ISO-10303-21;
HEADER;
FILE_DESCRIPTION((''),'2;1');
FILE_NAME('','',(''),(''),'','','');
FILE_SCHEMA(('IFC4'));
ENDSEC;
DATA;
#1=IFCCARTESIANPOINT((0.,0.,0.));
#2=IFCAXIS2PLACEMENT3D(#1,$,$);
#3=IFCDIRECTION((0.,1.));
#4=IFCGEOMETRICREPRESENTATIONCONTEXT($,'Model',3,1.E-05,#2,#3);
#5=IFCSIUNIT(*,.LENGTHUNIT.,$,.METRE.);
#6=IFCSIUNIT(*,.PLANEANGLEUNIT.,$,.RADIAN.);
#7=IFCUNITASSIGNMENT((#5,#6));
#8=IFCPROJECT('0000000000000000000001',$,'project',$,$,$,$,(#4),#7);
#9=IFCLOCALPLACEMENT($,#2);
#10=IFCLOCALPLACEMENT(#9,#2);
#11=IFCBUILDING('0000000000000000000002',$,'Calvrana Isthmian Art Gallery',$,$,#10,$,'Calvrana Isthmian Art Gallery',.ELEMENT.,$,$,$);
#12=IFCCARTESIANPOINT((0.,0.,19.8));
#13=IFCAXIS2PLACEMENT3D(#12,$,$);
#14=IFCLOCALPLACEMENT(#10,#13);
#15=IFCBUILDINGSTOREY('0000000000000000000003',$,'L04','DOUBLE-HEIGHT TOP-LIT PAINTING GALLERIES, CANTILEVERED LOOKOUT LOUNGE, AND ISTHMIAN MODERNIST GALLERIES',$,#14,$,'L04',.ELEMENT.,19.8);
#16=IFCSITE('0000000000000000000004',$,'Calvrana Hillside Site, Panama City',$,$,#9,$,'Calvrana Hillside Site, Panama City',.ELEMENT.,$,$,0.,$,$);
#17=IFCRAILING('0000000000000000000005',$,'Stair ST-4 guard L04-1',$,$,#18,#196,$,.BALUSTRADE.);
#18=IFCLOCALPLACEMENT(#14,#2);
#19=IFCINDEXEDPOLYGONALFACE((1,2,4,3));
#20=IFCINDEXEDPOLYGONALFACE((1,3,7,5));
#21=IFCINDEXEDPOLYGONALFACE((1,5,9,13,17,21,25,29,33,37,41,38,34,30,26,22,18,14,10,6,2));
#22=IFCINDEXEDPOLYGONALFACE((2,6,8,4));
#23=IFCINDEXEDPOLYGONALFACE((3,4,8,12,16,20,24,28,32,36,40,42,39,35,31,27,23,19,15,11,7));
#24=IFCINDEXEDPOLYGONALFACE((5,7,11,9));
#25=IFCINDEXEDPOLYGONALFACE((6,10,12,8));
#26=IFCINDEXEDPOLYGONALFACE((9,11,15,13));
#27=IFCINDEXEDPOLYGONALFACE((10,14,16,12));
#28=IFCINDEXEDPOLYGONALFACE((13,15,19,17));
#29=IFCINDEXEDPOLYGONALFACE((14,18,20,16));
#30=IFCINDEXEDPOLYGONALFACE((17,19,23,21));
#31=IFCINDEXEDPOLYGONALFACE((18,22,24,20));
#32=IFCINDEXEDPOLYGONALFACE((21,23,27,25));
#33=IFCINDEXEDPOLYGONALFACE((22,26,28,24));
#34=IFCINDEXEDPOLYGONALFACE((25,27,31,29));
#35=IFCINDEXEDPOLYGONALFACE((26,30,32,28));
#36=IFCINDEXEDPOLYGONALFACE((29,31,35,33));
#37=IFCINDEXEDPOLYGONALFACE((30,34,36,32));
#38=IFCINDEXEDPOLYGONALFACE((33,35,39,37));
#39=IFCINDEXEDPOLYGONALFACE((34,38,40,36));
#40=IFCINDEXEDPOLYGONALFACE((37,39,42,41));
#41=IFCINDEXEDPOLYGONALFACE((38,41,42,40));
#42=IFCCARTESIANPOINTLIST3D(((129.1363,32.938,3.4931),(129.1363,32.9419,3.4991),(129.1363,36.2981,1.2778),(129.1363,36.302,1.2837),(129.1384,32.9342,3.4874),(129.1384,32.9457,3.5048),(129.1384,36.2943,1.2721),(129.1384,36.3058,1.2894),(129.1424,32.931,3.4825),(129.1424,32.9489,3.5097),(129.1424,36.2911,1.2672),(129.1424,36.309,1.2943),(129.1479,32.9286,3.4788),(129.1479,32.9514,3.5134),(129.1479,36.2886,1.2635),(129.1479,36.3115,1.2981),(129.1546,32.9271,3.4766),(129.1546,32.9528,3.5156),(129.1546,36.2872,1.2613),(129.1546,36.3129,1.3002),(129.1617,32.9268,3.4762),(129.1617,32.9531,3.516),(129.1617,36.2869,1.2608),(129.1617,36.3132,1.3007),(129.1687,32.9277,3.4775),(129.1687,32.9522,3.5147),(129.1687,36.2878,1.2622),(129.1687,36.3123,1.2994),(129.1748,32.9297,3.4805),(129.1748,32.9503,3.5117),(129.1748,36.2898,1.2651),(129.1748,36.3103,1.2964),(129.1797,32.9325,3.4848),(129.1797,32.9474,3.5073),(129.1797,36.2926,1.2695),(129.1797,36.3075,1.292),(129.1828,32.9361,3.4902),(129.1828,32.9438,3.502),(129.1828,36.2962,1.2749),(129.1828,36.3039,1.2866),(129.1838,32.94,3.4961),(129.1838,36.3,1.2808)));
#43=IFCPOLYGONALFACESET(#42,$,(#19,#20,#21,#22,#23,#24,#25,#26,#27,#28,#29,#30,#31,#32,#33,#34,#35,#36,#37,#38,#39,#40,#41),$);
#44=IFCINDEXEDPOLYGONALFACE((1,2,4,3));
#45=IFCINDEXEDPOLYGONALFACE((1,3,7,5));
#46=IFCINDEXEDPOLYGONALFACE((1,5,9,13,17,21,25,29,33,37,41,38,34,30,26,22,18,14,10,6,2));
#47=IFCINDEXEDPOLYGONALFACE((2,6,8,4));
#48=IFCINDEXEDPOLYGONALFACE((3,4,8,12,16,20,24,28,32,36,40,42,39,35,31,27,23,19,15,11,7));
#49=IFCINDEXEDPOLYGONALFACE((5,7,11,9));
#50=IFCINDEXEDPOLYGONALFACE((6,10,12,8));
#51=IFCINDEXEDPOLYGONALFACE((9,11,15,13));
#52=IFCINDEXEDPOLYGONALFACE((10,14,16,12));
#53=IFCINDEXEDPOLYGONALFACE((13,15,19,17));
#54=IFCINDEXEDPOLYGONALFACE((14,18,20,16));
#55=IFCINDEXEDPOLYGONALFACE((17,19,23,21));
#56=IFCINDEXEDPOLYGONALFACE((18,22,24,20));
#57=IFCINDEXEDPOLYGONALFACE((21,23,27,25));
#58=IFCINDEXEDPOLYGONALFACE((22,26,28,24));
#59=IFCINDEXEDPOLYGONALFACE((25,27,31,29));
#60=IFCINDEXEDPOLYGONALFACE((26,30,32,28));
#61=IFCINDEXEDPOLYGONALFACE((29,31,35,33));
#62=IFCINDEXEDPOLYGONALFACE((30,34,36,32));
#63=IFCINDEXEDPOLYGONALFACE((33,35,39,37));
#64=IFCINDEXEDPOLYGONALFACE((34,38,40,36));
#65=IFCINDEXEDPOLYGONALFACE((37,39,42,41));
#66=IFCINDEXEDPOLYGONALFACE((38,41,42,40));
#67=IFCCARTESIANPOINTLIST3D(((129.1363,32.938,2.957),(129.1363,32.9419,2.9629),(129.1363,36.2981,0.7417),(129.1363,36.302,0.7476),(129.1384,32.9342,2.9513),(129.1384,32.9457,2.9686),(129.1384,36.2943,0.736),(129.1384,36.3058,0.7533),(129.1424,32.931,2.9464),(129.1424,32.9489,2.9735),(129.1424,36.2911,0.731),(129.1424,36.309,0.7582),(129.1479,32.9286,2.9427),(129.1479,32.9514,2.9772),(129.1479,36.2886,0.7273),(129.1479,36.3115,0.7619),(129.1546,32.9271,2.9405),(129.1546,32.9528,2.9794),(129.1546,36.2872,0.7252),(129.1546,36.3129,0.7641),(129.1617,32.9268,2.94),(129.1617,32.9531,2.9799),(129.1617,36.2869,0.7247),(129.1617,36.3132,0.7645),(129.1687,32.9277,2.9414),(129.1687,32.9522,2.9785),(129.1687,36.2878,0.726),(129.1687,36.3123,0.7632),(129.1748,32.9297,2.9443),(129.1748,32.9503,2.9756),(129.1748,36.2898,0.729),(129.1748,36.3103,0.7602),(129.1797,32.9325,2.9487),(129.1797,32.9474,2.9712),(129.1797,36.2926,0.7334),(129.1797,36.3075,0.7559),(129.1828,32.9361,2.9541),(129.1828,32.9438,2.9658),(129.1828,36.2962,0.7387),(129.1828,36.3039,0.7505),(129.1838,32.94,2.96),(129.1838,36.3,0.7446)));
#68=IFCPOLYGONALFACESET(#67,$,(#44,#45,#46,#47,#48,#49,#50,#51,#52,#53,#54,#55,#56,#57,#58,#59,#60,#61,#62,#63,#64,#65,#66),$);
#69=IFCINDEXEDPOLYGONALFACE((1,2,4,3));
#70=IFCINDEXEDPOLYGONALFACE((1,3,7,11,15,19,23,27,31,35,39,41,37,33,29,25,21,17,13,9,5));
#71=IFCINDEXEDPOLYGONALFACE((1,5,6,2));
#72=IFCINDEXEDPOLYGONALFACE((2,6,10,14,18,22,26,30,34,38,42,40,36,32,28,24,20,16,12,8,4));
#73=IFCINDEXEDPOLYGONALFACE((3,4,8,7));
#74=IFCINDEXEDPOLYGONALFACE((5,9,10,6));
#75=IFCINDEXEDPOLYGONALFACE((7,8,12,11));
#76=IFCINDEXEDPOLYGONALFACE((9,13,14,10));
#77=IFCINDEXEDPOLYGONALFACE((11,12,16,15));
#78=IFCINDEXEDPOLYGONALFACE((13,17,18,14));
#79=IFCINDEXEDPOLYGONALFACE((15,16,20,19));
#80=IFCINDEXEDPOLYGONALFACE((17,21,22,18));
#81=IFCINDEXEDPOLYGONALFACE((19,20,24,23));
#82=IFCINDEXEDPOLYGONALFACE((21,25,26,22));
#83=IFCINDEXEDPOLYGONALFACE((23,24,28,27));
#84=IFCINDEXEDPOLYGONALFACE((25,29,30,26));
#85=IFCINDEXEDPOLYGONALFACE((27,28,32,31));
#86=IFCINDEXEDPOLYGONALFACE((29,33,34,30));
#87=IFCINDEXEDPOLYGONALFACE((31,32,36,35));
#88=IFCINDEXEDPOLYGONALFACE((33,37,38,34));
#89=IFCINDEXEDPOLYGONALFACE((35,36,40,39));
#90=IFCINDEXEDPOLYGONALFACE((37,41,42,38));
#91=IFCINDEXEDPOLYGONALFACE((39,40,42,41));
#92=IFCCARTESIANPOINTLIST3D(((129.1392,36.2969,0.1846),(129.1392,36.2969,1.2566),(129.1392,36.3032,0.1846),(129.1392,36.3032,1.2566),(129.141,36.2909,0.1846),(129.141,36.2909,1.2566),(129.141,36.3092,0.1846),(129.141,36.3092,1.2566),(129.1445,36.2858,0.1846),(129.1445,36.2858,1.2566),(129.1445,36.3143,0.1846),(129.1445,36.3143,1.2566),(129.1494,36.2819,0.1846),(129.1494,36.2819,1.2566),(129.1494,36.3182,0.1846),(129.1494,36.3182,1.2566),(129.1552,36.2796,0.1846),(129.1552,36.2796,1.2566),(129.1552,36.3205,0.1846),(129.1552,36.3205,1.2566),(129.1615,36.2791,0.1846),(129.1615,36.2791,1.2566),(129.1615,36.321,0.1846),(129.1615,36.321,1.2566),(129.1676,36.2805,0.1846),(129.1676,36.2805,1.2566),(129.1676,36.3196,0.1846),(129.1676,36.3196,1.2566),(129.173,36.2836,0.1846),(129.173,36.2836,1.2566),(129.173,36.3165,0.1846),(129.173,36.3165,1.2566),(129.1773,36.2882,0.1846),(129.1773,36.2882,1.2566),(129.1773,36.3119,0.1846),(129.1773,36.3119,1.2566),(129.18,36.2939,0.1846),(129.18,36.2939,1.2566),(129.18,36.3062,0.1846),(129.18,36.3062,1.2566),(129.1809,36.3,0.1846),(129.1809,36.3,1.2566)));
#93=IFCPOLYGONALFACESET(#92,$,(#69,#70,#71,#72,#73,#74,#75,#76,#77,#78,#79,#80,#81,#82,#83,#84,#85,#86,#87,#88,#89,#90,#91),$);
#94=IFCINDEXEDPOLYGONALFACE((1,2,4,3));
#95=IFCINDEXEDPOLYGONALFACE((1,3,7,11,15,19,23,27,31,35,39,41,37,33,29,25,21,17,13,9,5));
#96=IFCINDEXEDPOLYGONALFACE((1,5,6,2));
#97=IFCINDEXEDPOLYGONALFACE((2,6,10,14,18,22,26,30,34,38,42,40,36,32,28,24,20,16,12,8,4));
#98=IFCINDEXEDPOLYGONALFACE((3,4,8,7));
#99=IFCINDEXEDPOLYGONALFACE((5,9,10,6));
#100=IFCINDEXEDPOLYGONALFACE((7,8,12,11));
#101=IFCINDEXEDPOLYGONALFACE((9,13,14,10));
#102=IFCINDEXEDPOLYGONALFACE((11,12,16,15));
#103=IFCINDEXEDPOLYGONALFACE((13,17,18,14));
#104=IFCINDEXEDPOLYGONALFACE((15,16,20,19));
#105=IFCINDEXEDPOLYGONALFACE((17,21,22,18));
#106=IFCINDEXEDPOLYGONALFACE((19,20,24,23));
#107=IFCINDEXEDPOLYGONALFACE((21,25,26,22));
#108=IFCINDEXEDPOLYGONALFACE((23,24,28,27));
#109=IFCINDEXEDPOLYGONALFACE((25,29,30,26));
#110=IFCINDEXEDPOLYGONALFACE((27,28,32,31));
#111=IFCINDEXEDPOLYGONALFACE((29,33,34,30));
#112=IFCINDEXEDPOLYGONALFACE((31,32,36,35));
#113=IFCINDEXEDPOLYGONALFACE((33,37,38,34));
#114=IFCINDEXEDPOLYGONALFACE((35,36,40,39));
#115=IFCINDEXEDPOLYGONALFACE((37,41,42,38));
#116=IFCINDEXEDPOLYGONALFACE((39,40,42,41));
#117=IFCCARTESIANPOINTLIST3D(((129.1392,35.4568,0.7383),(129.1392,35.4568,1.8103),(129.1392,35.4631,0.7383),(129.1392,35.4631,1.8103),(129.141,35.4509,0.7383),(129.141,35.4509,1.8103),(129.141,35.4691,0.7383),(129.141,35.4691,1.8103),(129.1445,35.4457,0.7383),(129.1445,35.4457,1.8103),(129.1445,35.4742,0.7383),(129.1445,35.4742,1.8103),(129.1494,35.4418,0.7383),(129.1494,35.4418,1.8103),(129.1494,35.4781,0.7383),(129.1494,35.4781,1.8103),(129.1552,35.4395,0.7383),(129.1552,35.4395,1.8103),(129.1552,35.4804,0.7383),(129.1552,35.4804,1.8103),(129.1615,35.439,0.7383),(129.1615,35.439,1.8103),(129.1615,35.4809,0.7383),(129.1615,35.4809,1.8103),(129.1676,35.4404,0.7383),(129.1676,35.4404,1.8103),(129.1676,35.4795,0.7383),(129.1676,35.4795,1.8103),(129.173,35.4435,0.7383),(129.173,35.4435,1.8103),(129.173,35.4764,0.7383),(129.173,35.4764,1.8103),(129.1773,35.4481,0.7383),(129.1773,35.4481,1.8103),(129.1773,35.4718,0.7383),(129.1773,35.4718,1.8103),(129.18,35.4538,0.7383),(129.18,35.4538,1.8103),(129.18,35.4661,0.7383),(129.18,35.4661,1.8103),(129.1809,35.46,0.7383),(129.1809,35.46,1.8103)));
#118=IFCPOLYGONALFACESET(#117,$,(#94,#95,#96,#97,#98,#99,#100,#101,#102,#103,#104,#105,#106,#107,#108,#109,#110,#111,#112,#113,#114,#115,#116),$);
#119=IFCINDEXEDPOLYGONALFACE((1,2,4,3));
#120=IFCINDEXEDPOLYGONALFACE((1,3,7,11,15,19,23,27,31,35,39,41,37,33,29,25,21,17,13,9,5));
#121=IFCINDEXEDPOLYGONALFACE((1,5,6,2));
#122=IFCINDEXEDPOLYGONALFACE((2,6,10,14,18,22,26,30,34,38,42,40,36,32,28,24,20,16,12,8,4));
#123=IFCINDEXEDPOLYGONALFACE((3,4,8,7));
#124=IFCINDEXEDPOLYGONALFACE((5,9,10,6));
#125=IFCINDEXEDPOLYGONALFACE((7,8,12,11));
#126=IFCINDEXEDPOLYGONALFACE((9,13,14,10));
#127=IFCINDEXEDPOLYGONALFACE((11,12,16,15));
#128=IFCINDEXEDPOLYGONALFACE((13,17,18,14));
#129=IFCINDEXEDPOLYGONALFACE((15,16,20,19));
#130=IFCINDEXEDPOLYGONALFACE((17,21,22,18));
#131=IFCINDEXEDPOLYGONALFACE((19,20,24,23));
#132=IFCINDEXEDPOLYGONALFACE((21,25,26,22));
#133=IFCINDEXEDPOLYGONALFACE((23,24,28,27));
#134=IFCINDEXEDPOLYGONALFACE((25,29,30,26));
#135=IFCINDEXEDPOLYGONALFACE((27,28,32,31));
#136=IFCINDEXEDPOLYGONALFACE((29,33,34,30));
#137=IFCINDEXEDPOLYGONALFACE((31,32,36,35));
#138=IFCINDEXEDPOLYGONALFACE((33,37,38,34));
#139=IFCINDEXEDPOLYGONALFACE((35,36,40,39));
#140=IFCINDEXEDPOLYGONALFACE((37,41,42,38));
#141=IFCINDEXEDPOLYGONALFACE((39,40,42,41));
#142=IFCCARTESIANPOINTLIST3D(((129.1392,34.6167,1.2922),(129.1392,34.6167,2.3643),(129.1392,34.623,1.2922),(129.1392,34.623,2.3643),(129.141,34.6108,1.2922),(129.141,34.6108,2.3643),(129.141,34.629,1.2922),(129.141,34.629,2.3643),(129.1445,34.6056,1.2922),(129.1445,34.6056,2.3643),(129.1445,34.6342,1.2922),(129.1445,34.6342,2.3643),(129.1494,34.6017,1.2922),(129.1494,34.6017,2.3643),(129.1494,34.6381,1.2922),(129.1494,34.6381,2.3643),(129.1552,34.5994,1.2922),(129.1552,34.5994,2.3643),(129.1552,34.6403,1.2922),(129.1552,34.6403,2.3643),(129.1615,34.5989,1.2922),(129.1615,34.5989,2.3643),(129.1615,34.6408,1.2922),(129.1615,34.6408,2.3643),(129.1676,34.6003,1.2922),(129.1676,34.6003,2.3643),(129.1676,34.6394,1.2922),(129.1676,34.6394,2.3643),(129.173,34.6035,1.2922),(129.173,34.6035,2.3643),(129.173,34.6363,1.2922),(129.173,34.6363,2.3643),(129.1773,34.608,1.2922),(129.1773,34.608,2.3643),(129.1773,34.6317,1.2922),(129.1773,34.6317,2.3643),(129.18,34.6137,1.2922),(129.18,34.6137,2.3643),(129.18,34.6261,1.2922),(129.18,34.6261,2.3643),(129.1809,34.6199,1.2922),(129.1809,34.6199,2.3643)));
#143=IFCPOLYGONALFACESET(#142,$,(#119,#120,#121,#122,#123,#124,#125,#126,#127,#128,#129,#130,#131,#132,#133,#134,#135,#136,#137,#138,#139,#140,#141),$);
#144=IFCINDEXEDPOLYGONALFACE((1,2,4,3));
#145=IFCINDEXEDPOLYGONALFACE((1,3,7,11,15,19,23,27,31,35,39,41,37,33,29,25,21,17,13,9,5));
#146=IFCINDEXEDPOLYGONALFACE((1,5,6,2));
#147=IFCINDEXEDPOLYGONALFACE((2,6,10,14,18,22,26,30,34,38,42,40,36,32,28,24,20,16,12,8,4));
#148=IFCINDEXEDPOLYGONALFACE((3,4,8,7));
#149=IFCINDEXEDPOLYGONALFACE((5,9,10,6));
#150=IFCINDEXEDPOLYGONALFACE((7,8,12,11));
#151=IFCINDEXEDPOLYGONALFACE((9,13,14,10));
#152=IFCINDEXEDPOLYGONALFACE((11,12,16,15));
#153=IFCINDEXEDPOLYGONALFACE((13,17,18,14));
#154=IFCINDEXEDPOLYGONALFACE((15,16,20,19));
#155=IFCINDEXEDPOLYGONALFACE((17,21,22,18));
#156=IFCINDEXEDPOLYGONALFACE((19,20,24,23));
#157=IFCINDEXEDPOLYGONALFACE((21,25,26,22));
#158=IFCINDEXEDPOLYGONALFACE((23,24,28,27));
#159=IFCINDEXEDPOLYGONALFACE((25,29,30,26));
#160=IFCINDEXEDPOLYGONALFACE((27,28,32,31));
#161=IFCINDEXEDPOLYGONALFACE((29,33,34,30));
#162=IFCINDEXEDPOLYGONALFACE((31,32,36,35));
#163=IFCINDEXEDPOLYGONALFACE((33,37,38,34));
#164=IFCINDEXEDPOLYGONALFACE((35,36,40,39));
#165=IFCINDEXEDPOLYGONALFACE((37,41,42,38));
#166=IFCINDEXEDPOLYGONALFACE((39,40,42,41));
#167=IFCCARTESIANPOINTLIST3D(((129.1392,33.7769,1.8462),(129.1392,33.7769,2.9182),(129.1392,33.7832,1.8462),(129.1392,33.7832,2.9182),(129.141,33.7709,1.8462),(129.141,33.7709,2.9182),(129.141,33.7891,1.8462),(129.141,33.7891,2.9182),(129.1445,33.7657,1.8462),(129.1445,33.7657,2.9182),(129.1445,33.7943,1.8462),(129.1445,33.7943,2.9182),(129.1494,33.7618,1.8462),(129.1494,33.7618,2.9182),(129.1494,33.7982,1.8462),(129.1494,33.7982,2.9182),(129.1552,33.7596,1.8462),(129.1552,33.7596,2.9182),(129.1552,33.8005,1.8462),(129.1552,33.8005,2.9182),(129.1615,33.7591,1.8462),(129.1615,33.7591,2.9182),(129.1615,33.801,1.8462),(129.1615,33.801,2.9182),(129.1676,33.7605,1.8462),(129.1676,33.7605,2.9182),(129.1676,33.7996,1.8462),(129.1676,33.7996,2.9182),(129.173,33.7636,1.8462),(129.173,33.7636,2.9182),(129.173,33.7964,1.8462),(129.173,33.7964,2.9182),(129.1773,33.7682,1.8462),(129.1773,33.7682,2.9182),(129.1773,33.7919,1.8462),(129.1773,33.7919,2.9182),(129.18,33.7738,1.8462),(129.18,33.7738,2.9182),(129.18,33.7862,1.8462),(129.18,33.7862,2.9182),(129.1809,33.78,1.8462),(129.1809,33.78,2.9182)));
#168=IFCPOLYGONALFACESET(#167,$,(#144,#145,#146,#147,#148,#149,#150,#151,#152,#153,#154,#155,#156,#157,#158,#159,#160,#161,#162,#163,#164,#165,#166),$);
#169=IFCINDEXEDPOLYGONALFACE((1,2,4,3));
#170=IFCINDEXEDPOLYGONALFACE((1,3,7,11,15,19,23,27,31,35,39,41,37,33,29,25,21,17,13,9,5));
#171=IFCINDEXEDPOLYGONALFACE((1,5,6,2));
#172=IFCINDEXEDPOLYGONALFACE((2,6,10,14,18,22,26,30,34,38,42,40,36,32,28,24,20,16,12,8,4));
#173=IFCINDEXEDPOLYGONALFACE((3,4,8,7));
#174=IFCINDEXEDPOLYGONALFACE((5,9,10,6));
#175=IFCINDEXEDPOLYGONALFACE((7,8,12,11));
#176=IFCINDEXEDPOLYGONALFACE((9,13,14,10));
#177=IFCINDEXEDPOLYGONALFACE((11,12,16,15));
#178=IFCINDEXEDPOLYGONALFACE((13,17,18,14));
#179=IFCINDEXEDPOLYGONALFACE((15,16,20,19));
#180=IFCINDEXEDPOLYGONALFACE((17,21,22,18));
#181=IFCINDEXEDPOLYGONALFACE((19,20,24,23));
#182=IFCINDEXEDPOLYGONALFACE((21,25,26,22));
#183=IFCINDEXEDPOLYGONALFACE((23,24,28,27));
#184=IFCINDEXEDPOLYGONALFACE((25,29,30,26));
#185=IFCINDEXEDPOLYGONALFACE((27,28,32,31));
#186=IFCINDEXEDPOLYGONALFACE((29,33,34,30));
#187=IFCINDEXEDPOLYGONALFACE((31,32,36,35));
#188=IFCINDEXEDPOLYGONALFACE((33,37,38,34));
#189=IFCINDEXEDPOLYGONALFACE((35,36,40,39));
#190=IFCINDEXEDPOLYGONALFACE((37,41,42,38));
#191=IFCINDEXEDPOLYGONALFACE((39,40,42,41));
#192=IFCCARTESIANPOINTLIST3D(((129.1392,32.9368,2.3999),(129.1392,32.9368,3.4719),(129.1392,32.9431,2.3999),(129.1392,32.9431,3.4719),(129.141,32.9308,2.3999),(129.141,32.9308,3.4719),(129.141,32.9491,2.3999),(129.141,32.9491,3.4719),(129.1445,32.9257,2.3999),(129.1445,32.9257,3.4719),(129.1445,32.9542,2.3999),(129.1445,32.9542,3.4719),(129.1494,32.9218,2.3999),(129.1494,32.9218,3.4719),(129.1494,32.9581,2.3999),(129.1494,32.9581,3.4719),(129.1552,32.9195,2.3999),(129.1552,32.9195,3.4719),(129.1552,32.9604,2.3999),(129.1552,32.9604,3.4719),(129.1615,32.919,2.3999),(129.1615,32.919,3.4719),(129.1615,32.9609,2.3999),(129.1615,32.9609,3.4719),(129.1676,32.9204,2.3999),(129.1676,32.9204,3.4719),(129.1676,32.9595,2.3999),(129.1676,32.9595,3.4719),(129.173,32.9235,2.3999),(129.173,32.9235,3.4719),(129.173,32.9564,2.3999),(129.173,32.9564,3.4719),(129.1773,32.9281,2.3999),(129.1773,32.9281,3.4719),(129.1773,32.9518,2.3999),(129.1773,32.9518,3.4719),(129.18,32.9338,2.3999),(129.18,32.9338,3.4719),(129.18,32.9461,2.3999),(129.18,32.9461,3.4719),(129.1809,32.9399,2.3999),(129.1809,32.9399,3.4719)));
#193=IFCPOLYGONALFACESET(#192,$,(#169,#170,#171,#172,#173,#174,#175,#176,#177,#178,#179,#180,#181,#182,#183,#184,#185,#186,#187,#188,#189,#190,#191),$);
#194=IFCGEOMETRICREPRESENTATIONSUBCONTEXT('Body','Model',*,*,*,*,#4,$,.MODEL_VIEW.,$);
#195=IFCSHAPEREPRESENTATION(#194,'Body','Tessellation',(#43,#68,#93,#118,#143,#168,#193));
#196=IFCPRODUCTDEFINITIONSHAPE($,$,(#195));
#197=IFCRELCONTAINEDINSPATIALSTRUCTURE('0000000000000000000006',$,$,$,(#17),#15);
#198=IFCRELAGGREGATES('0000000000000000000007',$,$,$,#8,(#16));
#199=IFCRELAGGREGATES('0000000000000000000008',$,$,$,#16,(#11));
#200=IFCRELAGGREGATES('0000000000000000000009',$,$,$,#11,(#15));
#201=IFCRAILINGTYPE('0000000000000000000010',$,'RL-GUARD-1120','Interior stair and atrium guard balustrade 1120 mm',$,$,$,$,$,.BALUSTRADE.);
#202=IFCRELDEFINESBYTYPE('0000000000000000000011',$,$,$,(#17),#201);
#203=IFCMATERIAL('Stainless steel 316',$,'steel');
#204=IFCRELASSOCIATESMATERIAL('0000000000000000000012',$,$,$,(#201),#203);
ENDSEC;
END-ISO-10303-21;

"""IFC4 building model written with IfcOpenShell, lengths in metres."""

from ifc_helpers import new_model, si_unit, direction, frame, origin, origin_2d, place, context, subcontext, project, spatial, circle, extrude, material, type_object, element, save


model = new_model("IFC4")

# Units and contexts
model_context = context("Model", 3, precision=1e-05, world=origin(), true_north=direction((0.0, 1.0)))
body_context = subcontext(model_context, "Body", "Model", "MODEL_VIEW")
ifc_project = project(units=[si_unit("LENGTHUNIT", "METRE"), si_unit("PLANEANGLEUNIT", "RADIAN")], contexts=[model_context])

# Site, building, storey
site_placement = place(None, origin())
site = spatial("IfcSite", under=ifc_project, at=site_placement, Name="Calvrana Hillside Site, Panama City", LongName="Calvrana Hillside Site, Panama City", CompositionType="ELEMENT", RefElevation=0.0)
building_placement = place(site_placement, origin())
building = spatial("IfcBuilding", under=site, at=building_placement, Name="Calvrana Isthmian Art Gallery", LongName="Calvrana Isthmian Art Gallery", CompositionType="ELEMENT")
storey_placement = place(building_placement, frame((0.0, 0.0, 19.8)))
storey = spatial("IfcBuildingStorey", under=building, at=storey_placement, Name="L04", Description="DOUBLE-HEIGHT TOP-LIT PAINTING GALLERIES, CANTILEVERED LOOKOUT LOUNGE, AND ISTHMIAN MODERNIST GALLERIES", LongName="L04", CompositionType="ELEMENT", Elevation=19.8)

# Railing
ifc_material_1 = material(Name="Stainless steel 316", Category="steel")
railing_type_1 = type_object("IfcRailingType", Name="RL-GUARD-1120", Description="Interior stair and atrium guard balustrade 1120 mm", PredefinedType="BALUSTRADE", material=ifc_material_1)
railing_1_placement = place(storey_placement, frame((129.1599, 36.3, 0.1846)))
element("IfcRailing", 1, at=railing_1_placement, inside=storey, type_object=railing_type_1, Name="Stair ST-4 guard L04-1", PredefinedType="BALUSTRADE", context=body_context, shape_type="SweptSolid", body=[
    extrude(circle(Radius=0.0239, at=origin_2d()), frame((0.0, 0.0, 1.0962), z_axis=(0.0, -0.834876, 0.550437), x_axis=(1.0, 0.0, 0.0)), (0.0, 0.0, 1.0), 4.0247),
    extrude(circle(Radius=0.0239, at=origin_2d()), frame((0.0, 0.0, 0.5601), z_axis=(0.0, -0.834876, 0.550437), x_axis=(1.0, 0.0, 0.0)), (0.0, 0.0, 1.0), 4.0247),
    extrude(circle(Radius=0.021, at=origin_2d()), origin(), (0.0, 0.0, 1.0), 1.072),
    extrude(circle(Radius=0.021, at=origin_2d()), frame((0.0, -0.8401, 0.5537)), (0.0, 0.0, 1.0), 1.072),
    extrude(circle(Radius=0.021, at=origin_2d()), frame((0.0, -1.6802, 1.1077)), (0.0, 0.0, 1.0), 1.072),
    extrude(circle(Radius=0.021, at=origin_2d()), frame((0.0, -2.52, 1.6616)), (0.0, 0.0, 1.0), 1.072),
    extrude(circle(Radius=0.021, at=origin_2d()), frame((0.0, -3.3601, 2.2153)), (0.0, 0.0, 1.0), 1.072),
])

save(model, "model.ifc")
